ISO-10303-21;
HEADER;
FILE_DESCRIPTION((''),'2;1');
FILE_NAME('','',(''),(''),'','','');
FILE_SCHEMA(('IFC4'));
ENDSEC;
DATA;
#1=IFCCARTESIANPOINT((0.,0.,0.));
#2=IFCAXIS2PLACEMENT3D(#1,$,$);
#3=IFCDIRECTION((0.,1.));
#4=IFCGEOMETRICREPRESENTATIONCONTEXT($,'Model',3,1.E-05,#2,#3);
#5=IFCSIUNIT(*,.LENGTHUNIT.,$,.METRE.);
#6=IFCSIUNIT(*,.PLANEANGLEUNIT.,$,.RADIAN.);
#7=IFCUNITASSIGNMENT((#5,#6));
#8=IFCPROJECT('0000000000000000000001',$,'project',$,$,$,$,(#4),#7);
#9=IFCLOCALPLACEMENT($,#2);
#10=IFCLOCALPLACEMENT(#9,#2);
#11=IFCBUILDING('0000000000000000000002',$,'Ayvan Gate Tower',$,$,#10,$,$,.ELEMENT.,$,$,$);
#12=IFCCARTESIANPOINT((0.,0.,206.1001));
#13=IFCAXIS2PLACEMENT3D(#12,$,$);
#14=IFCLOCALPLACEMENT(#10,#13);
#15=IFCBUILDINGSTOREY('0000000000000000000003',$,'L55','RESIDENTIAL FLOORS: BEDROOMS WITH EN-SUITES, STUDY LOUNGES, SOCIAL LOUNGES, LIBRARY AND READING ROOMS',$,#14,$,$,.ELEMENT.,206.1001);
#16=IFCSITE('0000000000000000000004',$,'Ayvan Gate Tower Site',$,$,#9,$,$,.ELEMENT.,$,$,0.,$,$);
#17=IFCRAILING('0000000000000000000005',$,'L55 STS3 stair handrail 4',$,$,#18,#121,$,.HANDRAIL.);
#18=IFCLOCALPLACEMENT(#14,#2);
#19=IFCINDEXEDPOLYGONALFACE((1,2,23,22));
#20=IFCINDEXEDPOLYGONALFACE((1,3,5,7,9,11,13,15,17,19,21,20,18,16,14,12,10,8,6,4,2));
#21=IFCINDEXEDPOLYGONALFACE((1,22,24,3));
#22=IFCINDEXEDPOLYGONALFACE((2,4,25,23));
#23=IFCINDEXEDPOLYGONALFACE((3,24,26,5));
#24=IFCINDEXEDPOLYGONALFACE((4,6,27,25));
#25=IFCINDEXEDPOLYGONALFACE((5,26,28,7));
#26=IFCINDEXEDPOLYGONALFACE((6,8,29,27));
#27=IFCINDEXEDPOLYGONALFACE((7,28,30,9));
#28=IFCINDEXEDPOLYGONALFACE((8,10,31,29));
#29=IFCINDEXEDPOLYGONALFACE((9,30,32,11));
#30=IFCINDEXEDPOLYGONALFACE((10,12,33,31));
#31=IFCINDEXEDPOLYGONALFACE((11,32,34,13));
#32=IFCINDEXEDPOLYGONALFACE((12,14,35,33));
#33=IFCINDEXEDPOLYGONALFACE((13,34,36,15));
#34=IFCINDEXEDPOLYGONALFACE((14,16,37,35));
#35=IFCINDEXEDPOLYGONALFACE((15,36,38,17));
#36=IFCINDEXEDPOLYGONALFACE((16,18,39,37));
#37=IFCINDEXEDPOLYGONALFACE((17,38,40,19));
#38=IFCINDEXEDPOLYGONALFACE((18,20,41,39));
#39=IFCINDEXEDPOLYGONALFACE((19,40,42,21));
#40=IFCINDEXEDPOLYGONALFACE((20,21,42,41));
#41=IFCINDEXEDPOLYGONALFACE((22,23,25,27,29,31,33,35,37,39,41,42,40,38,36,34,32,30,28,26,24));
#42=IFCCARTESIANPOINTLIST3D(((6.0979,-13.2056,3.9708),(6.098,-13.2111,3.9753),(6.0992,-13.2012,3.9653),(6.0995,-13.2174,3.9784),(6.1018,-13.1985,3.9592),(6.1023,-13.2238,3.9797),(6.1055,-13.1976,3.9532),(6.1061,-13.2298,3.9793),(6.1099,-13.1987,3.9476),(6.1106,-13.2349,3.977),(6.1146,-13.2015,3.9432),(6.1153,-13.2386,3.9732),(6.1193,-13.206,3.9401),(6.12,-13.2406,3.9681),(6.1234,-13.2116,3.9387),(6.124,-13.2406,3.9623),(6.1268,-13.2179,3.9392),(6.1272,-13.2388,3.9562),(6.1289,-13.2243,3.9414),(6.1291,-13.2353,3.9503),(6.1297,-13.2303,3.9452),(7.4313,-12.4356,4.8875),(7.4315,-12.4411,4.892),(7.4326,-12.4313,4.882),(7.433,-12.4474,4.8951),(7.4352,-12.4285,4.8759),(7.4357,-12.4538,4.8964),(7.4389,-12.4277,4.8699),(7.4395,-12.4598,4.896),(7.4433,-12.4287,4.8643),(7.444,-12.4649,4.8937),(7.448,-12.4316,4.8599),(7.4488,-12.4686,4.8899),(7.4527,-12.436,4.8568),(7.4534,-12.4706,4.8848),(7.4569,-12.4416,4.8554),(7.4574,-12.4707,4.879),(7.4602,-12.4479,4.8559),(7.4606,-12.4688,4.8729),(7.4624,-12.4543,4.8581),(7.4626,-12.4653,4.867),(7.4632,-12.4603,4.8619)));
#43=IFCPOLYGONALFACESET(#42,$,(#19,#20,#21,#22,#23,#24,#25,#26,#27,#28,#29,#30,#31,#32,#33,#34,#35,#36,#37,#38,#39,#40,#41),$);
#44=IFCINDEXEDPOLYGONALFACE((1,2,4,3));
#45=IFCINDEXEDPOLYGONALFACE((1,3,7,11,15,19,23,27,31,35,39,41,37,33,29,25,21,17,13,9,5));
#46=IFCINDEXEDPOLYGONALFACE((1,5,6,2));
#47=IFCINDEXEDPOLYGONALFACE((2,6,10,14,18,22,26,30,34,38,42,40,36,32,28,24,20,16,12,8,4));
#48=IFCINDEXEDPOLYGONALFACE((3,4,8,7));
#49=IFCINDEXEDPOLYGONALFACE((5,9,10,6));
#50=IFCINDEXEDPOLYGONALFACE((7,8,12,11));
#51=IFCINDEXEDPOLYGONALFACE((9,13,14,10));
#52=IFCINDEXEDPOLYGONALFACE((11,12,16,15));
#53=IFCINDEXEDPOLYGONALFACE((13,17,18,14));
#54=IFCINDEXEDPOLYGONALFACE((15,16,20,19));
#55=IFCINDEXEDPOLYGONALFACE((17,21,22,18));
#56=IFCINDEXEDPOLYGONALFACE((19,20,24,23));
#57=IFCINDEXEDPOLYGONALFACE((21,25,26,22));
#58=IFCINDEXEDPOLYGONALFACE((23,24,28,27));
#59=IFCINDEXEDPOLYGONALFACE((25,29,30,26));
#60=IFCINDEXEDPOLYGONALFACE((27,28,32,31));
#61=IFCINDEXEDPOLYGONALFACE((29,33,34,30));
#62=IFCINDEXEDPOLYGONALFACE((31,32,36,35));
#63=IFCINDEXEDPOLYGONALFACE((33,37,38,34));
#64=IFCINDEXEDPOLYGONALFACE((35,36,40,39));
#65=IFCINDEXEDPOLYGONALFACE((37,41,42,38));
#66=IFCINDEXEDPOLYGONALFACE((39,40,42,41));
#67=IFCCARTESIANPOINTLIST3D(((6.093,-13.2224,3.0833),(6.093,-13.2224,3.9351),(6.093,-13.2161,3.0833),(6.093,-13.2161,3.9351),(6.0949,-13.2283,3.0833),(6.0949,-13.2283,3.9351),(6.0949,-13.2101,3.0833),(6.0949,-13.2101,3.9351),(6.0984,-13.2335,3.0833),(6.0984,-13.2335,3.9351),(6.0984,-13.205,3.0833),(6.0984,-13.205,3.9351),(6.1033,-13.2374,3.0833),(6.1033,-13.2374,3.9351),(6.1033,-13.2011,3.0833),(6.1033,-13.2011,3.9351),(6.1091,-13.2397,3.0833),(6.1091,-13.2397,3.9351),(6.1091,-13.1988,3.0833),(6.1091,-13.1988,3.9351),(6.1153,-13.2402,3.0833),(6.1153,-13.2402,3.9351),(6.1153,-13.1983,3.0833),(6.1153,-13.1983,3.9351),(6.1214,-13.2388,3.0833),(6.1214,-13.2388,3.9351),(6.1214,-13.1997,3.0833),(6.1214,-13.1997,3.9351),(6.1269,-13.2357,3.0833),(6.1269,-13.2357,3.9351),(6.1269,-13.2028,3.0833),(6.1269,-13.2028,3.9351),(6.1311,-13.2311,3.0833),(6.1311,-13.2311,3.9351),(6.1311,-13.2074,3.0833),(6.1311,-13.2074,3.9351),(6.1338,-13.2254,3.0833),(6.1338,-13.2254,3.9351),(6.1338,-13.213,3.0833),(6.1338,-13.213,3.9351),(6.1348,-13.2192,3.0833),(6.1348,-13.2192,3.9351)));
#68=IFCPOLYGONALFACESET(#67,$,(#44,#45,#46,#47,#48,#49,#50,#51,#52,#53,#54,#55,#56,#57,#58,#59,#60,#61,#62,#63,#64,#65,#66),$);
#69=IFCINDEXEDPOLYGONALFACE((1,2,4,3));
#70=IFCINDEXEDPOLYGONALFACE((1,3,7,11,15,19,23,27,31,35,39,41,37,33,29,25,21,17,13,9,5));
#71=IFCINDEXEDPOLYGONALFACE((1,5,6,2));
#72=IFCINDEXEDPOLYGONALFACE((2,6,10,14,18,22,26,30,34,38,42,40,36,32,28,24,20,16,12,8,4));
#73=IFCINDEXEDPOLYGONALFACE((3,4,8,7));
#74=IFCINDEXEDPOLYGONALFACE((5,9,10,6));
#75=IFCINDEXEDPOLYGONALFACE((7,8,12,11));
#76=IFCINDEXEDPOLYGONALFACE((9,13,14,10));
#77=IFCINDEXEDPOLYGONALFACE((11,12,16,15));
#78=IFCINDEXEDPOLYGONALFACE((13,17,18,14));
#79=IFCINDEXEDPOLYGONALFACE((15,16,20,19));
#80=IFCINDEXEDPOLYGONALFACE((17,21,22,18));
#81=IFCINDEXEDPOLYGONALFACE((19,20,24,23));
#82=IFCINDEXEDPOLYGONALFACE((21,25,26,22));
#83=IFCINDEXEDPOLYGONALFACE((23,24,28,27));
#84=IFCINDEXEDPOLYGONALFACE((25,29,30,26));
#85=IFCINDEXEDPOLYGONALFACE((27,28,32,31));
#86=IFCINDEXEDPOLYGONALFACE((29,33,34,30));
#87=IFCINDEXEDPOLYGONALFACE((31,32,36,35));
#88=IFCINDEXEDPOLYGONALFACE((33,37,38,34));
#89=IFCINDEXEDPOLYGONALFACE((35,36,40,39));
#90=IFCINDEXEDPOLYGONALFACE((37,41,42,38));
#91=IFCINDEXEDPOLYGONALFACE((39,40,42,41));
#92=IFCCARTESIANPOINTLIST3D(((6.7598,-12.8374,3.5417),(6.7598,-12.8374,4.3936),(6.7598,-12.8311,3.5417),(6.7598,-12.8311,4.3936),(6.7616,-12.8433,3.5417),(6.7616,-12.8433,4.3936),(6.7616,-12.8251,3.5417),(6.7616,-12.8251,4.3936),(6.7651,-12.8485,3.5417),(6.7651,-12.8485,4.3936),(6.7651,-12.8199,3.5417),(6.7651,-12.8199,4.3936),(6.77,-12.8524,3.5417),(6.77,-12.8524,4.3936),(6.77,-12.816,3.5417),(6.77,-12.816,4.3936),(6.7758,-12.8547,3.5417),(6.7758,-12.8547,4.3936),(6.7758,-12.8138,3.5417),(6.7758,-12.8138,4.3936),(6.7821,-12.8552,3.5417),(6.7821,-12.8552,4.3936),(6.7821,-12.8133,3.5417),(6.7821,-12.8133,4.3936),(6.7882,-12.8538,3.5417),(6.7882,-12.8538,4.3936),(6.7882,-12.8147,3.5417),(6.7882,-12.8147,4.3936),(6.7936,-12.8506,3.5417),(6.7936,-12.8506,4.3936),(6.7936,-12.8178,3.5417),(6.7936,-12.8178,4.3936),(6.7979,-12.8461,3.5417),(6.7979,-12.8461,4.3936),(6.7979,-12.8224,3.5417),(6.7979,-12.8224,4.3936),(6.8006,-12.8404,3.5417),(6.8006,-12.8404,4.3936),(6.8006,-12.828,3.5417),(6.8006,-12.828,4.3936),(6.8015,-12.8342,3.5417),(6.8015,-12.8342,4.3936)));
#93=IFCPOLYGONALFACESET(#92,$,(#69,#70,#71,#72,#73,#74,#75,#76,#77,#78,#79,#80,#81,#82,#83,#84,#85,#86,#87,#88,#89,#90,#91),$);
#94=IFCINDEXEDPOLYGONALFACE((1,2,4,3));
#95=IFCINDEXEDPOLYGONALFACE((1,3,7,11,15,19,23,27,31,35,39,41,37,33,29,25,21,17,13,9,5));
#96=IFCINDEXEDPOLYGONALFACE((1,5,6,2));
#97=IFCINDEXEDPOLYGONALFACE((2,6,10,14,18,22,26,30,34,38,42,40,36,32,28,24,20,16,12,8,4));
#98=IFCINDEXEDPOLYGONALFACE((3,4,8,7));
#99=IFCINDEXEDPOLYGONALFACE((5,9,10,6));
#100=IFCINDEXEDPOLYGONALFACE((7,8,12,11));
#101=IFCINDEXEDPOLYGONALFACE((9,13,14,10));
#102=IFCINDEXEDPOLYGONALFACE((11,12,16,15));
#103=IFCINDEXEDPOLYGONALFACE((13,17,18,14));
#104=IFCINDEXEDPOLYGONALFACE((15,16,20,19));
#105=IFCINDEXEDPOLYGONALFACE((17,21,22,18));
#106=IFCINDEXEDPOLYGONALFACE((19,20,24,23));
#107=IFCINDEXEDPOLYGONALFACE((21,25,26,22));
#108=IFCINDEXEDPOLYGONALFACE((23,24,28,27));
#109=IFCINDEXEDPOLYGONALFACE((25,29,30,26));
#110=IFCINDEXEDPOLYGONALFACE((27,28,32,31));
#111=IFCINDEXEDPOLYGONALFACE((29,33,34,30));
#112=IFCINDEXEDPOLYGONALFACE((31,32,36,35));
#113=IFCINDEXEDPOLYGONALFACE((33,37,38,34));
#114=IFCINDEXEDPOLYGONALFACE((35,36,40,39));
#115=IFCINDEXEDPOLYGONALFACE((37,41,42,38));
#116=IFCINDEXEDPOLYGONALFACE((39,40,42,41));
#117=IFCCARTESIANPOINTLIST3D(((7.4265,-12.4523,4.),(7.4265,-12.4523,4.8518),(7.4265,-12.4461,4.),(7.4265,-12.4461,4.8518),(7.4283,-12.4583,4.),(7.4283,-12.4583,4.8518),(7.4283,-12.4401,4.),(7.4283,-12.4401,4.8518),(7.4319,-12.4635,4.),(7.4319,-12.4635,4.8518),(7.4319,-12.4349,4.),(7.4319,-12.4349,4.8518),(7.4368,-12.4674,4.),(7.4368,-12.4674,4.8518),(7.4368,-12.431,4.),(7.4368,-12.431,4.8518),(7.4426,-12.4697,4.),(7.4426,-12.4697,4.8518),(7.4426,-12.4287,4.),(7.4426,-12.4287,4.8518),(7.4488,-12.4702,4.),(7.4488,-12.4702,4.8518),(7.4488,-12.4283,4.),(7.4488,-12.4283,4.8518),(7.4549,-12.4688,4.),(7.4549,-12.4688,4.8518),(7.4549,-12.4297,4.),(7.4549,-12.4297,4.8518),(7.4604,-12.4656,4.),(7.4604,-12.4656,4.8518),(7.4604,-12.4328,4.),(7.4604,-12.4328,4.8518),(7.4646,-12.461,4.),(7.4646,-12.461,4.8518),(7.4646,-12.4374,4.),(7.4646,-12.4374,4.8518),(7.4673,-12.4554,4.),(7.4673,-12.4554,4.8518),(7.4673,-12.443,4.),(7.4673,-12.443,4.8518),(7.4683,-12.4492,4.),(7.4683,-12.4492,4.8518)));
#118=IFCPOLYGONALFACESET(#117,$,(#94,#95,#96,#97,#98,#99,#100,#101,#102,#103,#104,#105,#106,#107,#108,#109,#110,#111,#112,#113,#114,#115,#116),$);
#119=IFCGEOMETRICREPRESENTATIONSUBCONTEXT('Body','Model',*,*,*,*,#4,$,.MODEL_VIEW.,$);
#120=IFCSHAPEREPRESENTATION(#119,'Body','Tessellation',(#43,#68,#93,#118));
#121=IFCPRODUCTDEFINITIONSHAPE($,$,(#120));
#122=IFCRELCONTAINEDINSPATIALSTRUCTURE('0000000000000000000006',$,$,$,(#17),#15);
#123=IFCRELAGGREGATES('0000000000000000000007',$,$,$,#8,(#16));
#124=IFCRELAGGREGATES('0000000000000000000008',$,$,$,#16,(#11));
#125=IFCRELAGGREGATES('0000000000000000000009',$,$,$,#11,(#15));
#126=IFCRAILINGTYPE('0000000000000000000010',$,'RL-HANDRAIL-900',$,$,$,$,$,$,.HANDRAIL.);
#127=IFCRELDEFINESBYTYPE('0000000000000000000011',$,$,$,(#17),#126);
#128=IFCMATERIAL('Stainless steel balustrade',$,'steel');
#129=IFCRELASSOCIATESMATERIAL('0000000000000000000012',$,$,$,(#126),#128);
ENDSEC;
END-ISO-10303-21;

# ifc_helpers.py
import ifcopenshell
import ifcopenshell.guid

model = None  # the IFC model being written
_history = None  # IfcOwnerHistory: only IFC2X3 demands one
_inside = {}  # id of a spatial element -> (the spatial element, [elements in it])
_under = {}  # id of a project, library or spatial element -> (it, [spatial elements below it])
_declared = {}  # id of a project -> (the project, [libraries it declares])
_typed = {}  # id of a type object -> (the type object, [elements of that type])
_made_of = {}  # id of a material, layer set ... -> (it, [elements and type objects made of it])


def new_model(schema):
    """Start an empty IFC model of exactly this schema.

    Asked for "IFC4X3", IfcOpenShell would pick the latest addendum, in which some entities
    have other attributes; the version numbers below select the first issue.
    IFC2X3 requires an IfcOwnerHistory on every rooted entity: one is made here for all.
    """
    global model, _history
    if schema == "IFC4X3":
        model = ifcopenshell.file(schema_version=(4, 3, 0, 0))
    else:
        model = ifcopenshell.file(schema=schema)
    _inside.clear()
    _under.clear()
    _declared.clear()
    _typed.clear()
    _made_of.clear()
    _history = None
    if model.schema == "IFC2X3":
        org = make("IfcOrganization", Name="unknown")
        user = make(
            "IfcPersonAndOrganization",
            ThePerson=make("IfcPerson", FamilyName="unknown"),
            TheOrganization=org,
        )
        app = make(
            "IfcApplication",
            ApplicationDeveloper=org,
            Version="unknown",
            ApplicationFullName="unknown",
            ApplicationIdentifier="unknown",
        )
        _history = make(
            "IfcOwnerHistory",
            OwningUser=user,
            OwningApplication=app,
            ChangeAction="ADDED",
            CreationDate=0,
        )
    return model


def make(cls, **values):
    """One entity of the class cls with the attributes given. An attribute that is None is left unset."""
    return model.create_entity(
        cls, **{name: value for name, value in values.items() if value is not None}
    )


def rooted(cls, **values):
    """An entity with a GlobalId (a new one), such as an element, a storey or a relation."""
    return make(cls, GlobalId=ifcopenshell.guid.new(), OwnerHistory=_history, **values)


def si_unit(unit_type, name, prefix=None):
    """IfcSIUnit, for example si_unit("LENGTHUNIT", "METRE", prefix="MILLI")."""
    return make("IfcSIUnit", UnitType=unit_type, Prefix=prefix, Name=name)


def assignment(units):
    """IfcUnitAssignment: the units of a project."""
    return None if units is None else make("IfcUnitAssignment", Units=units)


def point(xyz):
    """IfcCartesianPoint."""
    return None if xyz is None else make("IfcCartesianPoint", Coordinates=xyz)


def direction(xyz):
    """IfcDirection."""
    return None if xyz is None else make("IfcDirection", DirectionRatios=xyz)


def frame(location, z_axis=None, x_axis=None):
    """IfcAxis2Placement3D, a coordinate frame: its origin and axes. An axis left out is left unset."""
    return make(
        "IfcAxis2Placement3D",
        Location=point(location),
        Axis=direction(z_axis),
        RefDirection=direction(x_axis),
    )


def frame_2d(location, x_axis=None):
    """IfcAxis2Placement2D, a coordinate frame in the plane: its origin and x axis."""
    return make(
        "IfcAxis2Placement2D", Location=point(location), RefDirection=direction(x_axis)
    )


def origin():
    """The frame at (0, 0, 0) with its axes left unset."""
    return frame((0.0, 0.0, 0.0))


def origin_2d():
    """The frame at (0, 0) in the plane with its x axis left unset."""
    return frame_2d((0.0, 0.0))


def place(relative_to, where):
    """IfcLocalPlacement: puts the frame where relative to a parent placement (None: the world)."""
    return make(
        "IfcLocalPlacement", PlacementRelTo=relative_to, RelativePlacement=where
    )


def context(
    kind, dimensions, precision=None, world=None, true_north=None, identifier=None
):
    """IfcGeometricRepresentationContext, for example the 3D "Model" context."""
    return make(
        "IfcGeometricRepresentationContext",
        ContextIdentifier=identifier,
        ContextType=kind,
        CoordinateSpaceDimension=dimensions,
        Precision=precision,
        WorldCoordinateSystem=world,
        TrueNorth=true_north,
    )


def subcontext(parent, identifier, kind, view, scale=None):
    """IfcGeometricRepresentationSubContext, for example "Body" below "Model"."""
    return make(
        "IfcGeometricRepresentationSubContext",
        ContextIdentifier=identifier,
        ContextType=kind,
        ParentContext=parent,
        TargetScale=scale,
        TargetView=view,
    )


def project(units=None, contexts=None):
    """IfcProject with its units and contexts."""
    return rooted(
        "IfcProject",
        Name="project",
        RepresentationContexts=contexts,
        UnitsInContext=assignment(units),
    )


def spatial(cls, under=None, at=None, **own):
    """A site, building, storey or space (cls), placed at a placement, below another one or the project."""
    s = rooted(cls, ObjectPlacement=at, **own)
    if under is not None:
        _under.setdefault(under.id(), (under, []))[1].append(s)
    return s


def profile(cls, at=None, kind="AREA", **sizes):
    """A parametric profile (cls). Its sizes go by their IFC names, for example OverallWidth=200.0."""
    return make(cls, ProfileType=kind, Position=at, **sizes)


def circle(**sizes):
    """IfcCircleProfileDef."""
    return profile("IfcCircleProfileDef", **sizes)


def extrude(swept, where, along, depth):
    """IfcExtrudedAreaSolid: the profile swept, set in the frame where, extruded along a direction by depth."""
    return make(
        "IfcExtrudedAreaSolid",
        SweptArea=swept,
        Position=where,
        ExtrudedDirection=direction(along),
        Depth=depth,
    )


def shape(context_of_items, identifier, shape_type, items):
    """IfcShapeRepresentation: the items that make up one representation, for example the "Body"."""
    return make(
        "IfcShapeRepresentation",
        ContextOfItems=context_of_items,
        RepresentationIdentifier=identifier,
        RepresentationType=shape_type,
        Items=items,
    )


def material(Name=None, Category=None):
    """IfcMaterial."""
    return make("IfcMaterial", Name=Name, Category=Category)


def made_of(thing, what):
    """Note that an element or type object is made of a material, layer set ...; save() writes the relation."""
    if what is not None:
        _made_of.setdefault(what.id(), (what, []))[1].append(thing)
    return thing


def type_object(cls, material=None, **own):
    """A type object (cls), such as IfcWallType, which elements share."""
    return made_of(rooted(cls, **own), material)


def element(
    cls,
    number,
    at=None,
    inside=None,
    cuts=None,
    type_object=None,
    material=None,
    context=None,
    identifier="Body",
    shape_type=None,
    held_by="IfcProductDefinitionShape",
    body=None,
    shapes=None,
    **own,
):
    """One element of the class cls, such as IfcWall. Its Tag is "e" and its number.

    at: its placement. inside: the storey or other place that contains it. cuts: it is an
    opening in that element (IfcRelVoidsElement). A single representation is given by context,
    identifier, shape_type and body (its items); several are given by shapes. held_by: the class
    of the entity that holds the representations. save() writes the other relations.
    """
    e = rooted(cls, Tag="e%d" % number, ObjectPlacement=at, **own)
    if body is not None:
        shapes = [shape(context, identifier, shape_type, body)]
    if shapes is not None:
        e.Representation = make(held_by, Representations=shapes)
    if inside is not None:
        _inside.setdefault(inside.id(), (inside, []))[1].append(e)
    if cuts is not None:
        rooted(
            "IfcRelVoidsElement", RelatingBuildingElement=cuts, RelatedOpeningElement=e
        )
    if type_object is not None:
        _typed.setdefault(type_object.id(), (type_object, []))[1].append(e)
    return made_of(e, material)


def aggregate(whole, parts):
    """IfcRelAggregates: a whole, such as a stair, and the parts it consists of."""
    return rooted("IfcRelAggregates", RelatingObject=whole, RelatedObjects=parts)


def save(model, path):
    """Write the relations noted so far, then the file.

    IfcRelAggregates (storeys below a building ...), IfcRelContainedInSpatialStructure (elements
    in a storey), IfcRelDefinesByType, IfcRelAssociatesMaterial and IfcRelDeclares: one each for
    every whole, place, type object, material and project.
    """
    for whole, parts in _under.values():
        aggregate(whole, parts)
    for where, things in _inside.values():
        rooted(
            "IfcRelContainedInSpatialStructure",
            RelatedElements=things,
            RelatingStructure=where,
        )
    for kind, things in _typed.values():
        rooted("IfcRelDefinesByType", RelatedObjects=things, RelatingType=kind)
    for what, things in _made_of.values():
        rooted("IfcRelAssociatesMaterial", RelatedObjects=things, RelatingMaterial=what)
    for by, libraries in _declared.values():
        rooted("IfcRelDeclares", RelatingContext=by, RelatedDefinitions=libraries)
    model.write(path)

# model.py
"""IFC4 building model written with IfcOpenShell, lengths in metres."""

from ifc_helpers import new_model, si_unit, direction, frame, origin, origin_2d, place, context, subcontext, project, spatial, circle, extrude, material, type_object, element, save


model = new_model("IFC4")

# Units and contexts
model_context = context("Model", 3, precision=1e-05, world=origin(), true_north=direction((0.0, 1.0)))
body_context = subcontext(model_context, "Body", "Model", "MODEL_VIEW")
ifc_project = project(units=[si_unit("LENGTHUNIT", "METRE"), si_unit("PLANEANGLEUNIT", "RADIAN")], contexts=[model_context])

# Site, building, storey
site_placement = place(None, origin())
site = spatial("IfcSite", under=ifc_project, at=site_placement, Name="Ayvan Gate Tower Site", CompositionType="ELEMENT", RefElevation=0.0)
building_placement = place(site_placement, origin())
building = spatial("IfcBuilding", under=site, at=building_placement, Name="Ayvan Gate Tower", CompositionType="ELEMENT")
storey_placement = place(building_placement, frame((0.0, 0.0, 206.1001)))
storey = spatial("IfcBuildingStorey", under=building, at=storey_placement, Name="L55", Description="RESIDENTIAL FLOORS: BEDROOMS WITH EN-SUITES, STUDY LOUNGES, SOCIAL LOUNGES, LIBRARY AND READING ROOMS", CompositionType="ELEMENT", Elevation=206.1001)

# Railing
ifc_material_1 = material(Name="Stainless steel balustrade", Category="steel")
railing_type_1 = type_object("IfcRailingType", Name="RL-HANDRAIL-900", PredefinedType="HANDRAIL", material=ifc_material_1)
railing_1_placement = place(storey_placement, frame((6.1138, -13.2192, 3.0833)))
element("IfcRailing", 1, at=railing_1_placement, inside=storey, type_object=railing_type_1, Name="L55 STS3 stair handrail 4", PredefinedType="HANDRAIL", context=body_context, shape_type="SweptSolid", body=[
    extrude(circle(Radius=0.0239, at=origin_2d()), frame((0.0, 0.0, 0.876), z_axis=(0.744103, 0.429678, 0.511554), x_axis=(-0.500061, 0.86599, 0.0)), (0.0, 0.0, 1.0), 1.792),
    extrude(circle(Radius=0.021, at=origin_2d()), origin(), (0.0, 0.0, 1.0), 0.8518),
    extrude(circle(Radius=0.021, at=origin_2d()), frame((0.6667, 0.385, 0.4585)), (0.0, 0.0, 1.0), 0.8518),
    extrude(circle(Radius=0.021, at=origin_2d()), frame((1.3335, 0.77, 0.9167)), (0.0, 0.0, 1.0), 0.8518),
])

save(model, "model.ifc")
